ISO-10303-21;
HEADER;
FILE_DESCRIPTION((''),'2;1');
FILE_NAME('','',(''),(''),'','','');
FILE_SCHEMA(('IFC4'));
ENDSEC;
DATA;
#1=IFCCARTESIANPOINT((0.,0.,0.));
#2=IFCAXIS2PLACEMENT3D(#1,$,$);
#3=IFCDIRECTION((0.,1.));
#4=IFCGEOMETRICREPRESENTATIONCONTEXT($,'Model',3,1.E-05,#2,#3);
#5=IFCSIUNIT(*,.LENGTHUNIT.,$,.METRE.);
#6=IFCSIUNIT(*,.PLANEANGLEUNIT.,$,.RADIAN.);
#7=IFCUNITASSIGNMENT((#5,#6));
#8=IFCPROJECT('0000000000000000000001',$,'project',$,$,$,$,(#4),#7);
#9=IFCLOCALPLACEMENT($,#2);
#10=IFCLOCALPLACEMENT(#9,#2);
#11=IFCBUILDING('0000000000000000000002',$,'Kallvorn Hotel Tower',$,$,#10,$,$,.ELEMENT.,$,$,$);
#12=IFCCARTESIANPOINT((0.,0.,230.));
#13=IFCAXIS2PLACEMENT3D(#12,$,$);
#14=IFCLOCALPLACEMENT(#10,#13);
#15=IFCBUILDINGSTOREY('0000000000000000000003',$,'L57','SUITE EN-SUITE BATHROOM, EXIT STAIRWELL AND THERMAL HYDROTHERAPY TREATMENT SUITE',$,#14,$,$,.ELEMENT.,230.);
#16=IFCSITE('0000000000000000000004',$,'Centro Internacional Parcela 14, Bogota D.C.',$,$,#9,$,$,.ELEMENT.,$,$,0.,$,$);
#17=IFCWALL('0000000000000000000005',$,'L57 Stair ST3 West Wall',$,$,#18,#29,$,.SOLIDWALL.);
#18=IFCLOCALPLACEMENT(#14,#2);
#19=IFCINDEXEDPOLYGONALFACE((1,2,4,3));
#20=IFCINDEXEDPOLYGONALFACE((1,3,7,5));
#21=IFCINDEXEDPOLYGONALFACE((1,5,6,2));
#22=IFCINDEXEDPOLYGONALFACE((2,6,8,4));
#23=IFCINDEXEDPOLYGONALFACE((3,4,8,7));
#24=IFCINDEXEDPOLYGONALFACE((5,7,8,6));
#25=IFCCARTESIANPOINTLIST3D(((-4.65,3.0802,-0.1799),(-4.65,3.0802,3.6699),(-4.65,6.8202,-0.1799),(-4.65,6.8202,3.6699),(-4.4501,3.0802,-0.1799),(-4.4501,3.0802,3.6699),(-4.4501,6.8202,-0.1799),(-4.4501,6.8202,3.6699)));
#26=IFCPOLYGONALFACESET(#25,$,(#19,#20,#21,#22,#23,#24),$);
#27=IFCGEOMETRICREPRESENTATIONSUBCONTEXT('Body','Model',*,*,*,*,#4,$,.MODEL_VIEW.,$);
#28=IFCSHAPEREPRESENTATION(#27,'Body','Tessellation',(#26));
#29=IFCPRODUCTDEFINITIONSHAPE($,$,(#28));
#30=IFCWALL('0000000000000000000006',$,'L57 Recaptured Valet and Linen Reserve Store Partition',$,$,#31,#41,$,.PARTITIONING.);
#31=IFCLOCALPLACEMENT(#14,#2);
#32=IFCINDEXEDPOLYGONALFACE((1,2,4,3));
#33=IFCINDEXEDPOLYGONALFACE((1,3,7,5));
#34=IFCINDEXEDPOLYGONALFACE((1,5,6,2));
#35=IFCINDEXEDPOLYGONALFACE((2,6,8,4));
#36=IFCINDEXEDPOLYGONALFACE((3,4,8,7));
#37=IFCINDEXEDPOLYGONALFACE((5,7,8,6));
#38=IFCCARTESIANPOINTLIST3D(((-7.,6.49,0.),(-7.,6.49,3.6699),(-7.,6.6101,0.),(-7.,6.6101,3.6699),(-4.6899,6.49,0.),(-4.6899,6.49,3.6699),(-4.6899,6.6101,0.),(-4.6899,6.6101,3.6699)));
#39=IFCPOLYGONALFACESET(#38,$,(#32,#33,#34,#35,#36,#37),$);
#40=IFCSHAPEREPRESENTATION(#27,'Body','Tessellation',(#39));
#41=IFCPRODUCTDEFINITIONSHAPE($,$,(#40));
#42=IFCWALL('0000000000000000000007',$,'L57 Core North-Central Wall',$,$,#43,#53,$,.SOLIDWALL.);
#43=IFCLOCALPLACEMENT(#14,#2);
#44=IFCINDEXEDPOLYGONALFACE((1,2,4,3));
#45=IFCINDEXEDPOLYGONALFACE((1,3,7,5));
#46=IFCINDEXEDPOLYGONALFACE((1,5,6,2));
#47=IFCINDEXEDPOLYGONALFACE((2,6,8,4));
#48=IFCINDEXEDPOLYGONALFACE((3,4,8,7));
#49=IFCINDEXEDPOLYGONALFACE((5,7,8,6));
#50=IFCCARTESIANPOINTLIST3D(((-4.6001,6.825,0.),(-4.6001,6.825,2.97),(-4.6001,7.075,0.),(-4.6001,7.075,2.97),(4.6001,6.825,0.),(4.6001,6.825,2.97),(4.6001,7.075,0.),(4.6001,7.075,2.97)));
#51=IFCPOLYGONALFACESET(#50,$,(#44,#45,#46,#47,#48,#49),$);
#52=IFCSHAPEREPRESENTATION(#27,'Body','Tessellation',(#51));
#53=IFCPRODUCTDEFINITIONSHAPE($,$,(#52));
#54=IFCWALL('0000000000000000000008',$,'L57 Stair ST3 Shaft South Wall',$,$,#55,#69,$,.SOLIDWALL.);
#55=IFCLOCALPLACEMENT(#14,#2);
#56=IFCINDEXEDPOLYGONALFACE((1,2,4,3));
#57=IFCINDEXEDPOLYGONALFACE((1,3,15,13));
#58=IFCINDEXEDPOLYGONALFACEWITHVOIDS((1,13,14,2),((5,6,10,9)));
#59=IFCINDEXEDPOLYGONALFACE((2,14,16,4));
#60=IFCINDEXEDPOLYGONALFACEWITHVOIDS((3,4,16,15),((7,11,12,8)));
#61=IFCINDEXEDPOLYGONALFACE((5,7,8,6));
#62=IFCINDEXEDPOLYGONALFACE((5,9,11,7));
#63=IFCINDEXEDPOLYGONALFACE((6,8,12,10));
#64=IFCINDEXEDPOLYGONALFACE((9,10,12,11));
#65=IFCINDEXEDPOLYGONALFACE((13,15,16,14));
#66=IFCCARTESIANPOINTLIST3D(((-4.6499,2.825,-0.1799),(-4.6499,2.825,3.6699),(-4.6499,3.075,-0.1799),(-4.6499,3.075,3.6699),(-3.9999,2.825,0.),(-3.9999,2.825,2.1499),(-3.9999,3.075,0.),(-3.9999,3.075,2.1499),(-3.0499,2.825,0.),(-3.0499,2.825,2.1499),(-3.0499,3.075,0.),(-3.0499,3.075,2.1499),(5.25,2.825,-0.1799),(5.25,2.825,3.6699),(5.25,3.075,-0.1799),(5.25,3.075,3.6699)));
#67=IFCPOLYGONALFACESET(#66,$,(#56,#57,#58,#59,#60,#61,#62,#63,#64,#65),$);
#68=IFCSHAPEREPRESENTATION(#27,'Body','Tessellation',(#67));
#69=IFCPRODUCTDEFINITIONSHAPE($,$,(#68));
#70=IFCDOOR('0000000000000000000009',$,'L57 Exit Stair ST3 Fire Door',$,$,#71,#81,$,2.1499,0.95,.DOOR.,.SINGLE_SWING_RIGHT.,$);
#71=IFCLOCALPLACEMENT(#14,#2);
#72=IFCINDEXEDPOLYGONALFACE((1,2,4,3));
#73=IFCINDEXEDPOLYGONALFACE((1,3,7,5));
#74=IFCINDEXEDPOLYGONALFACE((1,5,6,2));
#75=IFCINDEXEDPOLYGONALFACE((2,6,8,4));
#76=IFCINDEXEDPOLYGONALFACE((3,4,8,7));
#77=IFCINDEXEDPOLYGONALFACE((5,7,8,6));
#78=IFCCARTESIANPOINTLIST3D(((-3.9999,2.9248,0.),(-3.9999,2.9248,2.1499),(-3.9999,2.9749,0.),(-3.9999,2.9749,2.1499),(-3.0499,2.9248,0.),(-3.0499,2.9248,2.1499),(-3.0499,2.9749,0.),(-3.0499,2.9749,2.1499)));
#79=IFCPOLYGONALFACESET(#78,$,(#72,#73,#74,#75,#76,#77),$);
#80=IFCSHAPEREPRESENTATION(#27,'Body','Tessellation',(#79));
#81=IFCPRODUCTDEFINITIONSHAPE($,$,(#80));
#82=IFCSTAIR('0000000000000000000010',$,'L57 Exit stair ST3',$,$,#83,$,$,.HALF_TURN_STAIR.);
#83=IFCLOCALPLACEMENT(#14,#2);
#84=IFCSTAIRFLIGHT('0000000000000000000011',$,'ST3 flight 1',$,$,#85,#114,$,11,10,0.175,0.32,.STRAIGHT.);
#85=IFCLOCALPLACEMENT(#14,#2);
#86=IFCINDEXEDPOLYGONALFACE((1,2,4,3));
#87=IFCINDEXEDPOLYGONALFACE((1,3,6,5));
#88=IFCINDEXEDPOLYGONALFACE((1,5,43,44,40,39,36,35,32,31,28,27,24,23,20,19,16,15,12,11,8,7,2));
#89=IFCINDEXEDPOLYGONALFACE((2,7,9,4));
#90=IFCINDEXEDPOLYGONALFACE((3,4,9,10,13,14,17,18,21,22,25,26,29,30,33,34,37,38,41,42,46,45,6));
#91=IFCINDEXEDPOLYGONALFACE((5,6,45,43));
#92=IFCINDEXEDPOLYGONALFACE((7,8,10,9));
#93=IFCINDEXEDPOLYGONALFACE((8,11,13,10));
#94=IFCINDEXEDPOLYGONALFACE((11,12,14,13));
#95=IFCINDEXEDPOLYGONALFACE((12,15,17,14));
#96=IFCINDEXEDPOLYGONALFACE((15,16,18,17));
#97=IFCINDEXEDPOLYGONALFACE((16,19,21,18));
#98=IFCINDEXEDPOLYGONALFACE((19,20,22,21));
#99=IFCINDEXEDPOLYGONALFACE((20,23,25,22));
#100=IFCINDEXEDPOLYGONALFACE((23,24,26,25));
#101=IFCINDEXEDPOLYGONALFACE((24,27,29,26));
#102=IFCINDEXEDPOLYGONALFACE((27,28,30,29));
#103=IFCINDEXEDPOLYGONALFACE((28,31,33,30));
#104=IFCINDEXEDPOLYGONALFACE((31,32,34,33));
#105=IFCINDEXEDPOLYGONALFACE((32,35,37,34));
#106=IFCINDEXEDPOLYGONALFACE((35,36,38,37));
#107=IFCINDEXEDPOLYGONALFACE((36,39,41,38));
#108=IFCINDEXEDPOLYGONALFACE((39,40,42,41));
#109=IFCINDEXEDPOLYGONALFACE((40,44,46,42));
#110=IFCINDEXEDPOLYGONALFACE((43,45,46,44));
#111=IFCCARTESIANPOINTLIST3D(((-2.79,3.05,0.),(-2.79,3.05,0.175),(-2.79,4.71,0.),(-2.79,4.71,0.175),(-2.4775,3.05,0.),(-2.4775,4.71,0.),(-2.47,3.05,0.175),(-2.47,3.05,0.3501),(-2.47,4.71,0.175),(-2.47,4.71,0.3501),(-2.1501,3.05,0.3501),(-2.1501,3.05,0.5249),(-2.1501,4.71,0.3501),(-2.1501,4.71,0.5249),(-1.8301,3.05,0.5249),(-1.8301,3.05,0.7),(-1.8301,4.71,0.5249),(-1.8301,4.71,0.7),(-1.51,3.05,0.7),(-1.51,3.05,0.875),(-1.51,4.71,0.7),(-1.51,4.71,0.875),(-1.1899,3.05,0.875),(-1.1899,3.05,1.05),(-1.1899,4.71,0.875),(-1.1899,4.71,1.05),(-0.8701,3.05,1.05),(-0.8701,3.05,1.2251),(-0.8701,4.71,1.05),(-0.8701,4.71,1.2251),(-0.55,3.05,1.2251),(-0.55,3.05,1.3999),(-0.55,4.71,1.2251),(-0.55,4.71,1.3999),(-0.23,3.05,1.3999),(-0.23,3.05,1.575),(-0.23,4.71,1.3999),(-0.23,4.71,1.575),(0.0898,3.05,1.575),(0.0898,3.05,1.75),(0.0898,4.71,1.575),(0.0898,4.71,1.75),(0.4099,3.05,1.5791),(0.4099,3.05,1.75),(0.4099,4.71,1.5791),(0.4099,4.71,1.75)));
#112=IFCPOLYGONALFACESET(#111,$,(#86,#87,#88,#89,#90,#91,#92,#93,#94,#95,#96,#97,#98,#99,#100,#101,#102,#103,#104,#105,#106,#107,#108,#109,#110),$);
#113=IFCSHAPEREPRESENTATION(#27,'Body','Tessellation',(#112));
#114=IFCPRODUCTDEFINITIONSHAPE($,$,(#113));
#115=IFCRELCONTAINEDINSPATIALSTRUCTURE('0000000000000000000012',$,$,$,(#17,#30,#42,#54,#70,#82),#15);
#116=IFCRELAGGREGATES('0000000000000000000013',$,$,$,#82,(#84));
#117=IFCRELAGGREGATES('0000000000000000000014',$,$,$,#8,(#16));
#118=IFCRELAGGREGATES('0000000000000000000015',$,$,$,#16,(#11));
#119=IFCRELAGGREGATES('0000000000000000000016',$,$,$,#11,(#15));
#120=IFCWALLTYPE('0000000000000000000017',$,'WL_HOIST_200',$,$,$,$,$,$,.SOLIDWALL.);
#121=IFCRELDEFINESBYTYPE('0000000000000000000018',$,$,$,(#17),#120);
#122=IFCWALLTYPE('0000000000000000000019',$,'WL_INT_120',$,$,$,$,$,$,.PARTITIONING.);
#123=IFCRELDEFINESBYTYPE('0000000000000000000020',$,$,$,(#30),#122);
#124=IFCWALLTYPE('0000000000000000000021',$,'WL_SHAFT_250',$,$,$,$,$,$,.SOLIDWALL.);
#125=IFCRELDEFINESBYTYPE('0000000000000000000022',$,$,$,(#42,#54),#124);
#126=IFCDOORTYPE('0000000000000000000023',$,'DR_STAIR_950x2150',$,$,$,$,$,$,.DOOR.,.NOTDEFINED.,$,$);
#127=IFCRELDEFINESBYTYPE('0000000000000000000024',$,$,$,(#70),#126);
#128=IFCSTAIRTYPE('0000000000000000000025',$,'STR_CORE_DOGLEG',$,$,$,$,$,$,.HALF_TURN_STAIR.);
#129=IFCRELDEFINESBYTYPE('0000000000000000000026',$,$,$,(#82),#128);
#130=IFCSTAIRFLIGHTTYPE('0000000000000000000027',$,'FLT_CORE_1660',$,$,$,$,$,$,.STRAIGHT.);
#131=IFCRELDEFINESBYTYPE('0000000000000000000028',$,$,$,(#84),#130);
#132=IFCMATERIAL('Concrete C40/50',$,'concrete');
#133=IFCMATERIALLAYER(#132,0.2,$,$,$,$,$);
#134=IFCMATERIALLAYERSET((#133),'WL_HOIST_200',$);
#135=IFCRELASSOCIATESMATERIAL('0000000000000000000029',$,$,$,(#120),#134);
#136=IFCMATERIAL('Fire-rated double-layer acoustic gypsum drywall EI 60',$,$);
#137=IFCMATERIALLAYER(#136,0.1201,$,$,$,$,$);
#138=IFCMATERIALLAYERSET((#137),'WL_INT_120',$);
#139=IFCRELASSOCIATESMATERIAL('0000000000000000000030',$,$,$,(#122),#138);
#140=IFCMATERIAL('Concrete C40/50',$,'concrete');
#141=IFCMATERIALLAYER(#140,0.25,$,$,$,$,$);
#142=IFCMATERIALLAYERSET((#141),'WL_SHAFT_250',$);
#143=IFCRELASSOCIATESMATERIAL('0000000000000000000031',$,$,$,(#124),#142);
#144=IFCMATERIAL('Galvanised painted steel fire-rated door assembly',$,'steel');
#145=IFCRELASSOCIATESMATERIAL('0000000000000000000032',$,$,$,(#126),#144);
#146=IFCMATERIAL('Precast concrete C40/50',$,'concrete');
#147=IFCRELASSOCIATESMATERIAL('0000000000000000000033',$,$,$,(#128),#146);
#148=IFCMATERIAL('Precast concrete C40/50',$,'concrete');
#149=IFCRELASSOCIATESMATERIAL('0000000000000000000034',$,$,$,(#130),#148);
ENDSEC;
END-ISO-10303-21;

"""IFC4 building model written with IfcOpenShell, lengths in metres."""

from ifc_helpers import new_model, si_unit, direction, frame, frame_2d, origin, place, context, subcontext, project, spatial, polyline, rectangle, outline, extrude, material, layer, layer_set, type_object, element, fill, aggregate, save


model = new_model("IFC4")

# Units and contexts
model_context = context("Model", 3, precision=1e-05, world=origin(), true_north=direction((0.0, 1.0)))
body_context = subcontext(model_context, "Body", "Model", "MODEL_VIEW")
ifc_project = project(units=[si_unit("LENGTHUNIT", "METRE"), si_unit("PLANEANGLEUNIT", "RADIAN")], contexts=[model_context])

# Site, building, storey
site_placement = place(None, origin())
site = spatial("IfcSite", under=ifc_project, at=site_placement, Name="Centro Internacional Parcela 14, Bogota D.C.", CompositionType="ELEMENT", RefElevation=0.0)
building_placement = place(site_placement, origin())
building = spatial("IfcBuilding", under=site, at=building_placement, Name="Kallvorn Hotel Tower", CompositionType="ELEMENT")
storey_placement = place(building_placement, frame((0.0, 0.0, 230.0)))
storey = spatial("IfcBuildingStorey", under=building, at=storey_placement, Name="L57", Description="SUITE EN-SUITE BATHROOM, EXIT STAIRWELL AND THERMAL HYDROTHERAPY TREATMENT SUITE", CompositionType="ELEMENT", Elevation=230.0)

# Walls
ifc_material_1 = material(Name="Concrete C40/50", Category="concrete")
ifc_layer_1 = layer(ifc_material_1, 0.2)
ifc_layer_set_1 = layer_set([ifc_layer_1], Name="WL_HOIST_200")
wall_type_1 = type_object("IfcWallType", Name="WL_HOIST_200", PredefinedType="SOLIDWALL", material=ifc_layer_set_1)
wall_1_placement = place(storey_placement, frame((-4.55, 3.0801, -0.1799), z_axis=(0.0, 0.0, 1.0), x_axis=(0.0, 1.0, 0.0)))
element("IfcWall", 1, at=wall_1_placement, inside=storey, type_object=wall_type_1, Name="L57 Stair ST3 West Wall", PredefinedType="SOLIDWALL", context=body_context, shape_type="SweptSolid", body=[
    extrude(rectangle(XDim=3.74, YDim=0.2, at=frame_2d((1.8701, 0.0))), origin(), (0.0, 0.0, 1.0), 3.8499),
])
ifc_material_2 = material(Name="Fire-rated double-layer acoustic gypsum drywall EI 60")
ifc_layer_2 = layer(ifc_material_2, 0.1201)
ifc_layer_set_2 = layer_set([ifc_layer_2], Name="WL_INT_120")
wall_type_2 = type_object("IfcWallType", Name="WL_INT_120", PredefinedType="PARTITIONING", material=ifc_layer_set_2)
wall_2_placement = place(storey_placement, frame((-7.0, 6.55, 0.0), z_axis=(0.0, 0.0, 1.0), x_axis=(1.0, 0.0, 0.0)))
element("IfcWall", 2, at=wall_2_placement, inside=storey, type_object=wall_type_2, Name="L57 Recaptured Valet and Linen Reserve Store Partition", PredefinedType="PARTITIONING", context=body_context, shape_type="SweptSolid", body=[
    extrude(rectangle(XDim=2.3101, YDim=0.1201, at=frame_2d((1.155, 0.0))), origin(), (0.0, 0.0, 1.0), 3.6699),
])
ifc_material_3 = material(Name="Concrete C40/50", Category="concrete")
ifc_layer_3 = layer(ifc_material_3, 0.25)
ifc_layer_set_3 = layer_set([ifc_layer_3], Name="WL_SHAFT_250")
wall_type_3 = type_object("IfcWallType", Name="WL_SHAFT_250", PredefinedType="SOLIDWALL", material=ifc_layer_set_3)
wall_3_placement = place(storey_placement, frame((-4.6001, 6.95, 0.0), z_axis=(0.0, 0.0, 1.0), x_axis=(1.0, 0.0, 0.0)))
element("IfcWall", 3, at=wall_3_placement, inside=storey, type_object=wall_type_3, Name="L57 Core North-Central Wall", PredefinedType="SOLIDWALL", context=body_context, shape_type="SweptSolid", body=[
    extrude(rectangle(XDim=9.2002, YDim=0.25, at=frame_2d((4.6001, 0.0))), origin(), (0.0, 0.0, 1.0), 2.97),
])

# Wall, opening, door
wall_4_placement = place(storey_placement, frame((-4.6499, 2.95, -0.1799), z_axis=(0.0, 0.0, 1.0), x_axis=(1.0, 0.0, 0.0)))
wall_4 = element("IfcWall", 4, at=wall_4_placement, inside=storey, type_object=wall_type_3, Name="L57 Stair ST3 Shaft South Wall", PredefinedType="SOLIDWALL", context=body_context, shape_type="SweptSolid", body=[
    extrude(rectangle(XDim=9.8999, YDim=0.25, at=frame_2d((4.95, 0.0))), origin(), (0.0, 0.0, 1.0), 3.8499),
])
opening_placement = place(wall_4_placement, frame((0.6499, 0.0, 0.1799)))
opening = element("IfcOpeningElement", 5, at=opening_placement, cuts=wall_4, PredefinedType="OPENING", context=body_context, shape_type="SweptSolid", body=[
    extrude(rectangle(XDim=0.95, YDim=2.1499, at=frame_2d((0.4751, 1.075))), frame((0.0, 0.1399, 0.0), z_axis=(0.0, -1.0, 0.0), x_axis=(1.0, 0.0, 0.0)), (0.0, 0.0, 1.0), 0.28),
])
ifc_material_4 = material(Name="Galvanised painted steel fire-rated door assembly", Category="steel")
door_type = type_object("IfcDoorType", Name="DR_STAIR_950x2150", OperationType="NOTDEFINED", PredefinedType="DOOR", material=ifc_material_4)
door_placement = place(opening_placement, origin())
door = element("IfcDoor", 6, at=door_placement, inside=storey, type_object=door_type, Name="L57 Exit Stair ST3 Fire Door", OperationType="SINGLE_SWING_RIGHT", OverallHeight=2.1499, OverallWidth=0.95, PredefinedType="DOOR", context=body_context, shape_type="SweptSolid", body=[
    extrude(rectangle(XDim=0.95, YDim=2.1499, at=frame_2d((0.4751, 1.075))), frame((0.0, 0.0249, 0.0), z_axis=(0.0, -1.0, 0.0), x_axis=(1.0, 0.0, 0.0)), (0.0, 0.0, 1.0), 0.05),
])
fill(opening, door)

# Stair, stair flight
ifc_material_5 = material(Name="Precast concrete C40/50", Category="concrete")
stair_type = type_object("IfcStairType", Name="STR_CORE_DOGLEG", PredefinedType="HALF_TURN_STAIR", material=ifc_material_5)
stair_placement = place(storey_placement, origin())
stair = element("IfcStair", 7, at=stair_placement, inside=storey, type_object=stair_type, Name="L57 Exit stair ST3", PredefinedType="HALF_TURN_STAIR")
ifc_material_6 = material(Name="Precast concrete C40/50", Category="concrete")
stair_flight_type = type_object("IfcStairFlightType", Name="FLT_CORE_1660", PredefinedType="STRAIGHT", material=ifc_material_6)
stair_flight_placement = place(storey_placement, frame((-2.79, 3.8799, 0.0), z_axis=(0.0, 0.0, 1.0), x_axis=(1.0, 0.0, 0.0)))
stair_flight = element("IfcStairFlight", 8, at=stair_flight_placement, type_object=stair_flight_type, Name="ST3 flight 1", NumberOfRisers=11, NumberOfTreads=10, PredefinedType="STRAIGHT", RiserHeight=0.175, TreadLength=0.32, context=body_context, shape_type="SweptSolid", body=[
    extrude(outline(polyline([(0.0, 0.0), (0.0, 0.175), (0.3201, 0.175), (0.3201, 0.3501), (0.6399, 0.3501), (0.6399, 0.5249), (0.96, 0.5249), (0.96, 0.7), (1.28, 0.7), (1.28, 0.875), (1.6001, 0.875), (1.6001, 1.05), (1.9199, 1.05), (1.9199, 1.2251), (2.24, 1.2251), (2.24, 1.3999), (2.5601, 1.3999), (2.5601, 1.575), (2.8799, 1.575), (2.8799, 1.75), (3.2, 1.75), (3.2, 1.925), (3.2, 1.5791), (0.3125, 0.0), (0.0, 0.0)])), frame((0.0, 0.8301, 0.0), z_axis=(0.0, -1.0, 0.0), x_axis=(1.0, 0.0, 0.0)), (0.0, 0.0, 1.0), 1.6599),
])
aggregate(stair, [stair_flight])

save(model, "model.ifc")
